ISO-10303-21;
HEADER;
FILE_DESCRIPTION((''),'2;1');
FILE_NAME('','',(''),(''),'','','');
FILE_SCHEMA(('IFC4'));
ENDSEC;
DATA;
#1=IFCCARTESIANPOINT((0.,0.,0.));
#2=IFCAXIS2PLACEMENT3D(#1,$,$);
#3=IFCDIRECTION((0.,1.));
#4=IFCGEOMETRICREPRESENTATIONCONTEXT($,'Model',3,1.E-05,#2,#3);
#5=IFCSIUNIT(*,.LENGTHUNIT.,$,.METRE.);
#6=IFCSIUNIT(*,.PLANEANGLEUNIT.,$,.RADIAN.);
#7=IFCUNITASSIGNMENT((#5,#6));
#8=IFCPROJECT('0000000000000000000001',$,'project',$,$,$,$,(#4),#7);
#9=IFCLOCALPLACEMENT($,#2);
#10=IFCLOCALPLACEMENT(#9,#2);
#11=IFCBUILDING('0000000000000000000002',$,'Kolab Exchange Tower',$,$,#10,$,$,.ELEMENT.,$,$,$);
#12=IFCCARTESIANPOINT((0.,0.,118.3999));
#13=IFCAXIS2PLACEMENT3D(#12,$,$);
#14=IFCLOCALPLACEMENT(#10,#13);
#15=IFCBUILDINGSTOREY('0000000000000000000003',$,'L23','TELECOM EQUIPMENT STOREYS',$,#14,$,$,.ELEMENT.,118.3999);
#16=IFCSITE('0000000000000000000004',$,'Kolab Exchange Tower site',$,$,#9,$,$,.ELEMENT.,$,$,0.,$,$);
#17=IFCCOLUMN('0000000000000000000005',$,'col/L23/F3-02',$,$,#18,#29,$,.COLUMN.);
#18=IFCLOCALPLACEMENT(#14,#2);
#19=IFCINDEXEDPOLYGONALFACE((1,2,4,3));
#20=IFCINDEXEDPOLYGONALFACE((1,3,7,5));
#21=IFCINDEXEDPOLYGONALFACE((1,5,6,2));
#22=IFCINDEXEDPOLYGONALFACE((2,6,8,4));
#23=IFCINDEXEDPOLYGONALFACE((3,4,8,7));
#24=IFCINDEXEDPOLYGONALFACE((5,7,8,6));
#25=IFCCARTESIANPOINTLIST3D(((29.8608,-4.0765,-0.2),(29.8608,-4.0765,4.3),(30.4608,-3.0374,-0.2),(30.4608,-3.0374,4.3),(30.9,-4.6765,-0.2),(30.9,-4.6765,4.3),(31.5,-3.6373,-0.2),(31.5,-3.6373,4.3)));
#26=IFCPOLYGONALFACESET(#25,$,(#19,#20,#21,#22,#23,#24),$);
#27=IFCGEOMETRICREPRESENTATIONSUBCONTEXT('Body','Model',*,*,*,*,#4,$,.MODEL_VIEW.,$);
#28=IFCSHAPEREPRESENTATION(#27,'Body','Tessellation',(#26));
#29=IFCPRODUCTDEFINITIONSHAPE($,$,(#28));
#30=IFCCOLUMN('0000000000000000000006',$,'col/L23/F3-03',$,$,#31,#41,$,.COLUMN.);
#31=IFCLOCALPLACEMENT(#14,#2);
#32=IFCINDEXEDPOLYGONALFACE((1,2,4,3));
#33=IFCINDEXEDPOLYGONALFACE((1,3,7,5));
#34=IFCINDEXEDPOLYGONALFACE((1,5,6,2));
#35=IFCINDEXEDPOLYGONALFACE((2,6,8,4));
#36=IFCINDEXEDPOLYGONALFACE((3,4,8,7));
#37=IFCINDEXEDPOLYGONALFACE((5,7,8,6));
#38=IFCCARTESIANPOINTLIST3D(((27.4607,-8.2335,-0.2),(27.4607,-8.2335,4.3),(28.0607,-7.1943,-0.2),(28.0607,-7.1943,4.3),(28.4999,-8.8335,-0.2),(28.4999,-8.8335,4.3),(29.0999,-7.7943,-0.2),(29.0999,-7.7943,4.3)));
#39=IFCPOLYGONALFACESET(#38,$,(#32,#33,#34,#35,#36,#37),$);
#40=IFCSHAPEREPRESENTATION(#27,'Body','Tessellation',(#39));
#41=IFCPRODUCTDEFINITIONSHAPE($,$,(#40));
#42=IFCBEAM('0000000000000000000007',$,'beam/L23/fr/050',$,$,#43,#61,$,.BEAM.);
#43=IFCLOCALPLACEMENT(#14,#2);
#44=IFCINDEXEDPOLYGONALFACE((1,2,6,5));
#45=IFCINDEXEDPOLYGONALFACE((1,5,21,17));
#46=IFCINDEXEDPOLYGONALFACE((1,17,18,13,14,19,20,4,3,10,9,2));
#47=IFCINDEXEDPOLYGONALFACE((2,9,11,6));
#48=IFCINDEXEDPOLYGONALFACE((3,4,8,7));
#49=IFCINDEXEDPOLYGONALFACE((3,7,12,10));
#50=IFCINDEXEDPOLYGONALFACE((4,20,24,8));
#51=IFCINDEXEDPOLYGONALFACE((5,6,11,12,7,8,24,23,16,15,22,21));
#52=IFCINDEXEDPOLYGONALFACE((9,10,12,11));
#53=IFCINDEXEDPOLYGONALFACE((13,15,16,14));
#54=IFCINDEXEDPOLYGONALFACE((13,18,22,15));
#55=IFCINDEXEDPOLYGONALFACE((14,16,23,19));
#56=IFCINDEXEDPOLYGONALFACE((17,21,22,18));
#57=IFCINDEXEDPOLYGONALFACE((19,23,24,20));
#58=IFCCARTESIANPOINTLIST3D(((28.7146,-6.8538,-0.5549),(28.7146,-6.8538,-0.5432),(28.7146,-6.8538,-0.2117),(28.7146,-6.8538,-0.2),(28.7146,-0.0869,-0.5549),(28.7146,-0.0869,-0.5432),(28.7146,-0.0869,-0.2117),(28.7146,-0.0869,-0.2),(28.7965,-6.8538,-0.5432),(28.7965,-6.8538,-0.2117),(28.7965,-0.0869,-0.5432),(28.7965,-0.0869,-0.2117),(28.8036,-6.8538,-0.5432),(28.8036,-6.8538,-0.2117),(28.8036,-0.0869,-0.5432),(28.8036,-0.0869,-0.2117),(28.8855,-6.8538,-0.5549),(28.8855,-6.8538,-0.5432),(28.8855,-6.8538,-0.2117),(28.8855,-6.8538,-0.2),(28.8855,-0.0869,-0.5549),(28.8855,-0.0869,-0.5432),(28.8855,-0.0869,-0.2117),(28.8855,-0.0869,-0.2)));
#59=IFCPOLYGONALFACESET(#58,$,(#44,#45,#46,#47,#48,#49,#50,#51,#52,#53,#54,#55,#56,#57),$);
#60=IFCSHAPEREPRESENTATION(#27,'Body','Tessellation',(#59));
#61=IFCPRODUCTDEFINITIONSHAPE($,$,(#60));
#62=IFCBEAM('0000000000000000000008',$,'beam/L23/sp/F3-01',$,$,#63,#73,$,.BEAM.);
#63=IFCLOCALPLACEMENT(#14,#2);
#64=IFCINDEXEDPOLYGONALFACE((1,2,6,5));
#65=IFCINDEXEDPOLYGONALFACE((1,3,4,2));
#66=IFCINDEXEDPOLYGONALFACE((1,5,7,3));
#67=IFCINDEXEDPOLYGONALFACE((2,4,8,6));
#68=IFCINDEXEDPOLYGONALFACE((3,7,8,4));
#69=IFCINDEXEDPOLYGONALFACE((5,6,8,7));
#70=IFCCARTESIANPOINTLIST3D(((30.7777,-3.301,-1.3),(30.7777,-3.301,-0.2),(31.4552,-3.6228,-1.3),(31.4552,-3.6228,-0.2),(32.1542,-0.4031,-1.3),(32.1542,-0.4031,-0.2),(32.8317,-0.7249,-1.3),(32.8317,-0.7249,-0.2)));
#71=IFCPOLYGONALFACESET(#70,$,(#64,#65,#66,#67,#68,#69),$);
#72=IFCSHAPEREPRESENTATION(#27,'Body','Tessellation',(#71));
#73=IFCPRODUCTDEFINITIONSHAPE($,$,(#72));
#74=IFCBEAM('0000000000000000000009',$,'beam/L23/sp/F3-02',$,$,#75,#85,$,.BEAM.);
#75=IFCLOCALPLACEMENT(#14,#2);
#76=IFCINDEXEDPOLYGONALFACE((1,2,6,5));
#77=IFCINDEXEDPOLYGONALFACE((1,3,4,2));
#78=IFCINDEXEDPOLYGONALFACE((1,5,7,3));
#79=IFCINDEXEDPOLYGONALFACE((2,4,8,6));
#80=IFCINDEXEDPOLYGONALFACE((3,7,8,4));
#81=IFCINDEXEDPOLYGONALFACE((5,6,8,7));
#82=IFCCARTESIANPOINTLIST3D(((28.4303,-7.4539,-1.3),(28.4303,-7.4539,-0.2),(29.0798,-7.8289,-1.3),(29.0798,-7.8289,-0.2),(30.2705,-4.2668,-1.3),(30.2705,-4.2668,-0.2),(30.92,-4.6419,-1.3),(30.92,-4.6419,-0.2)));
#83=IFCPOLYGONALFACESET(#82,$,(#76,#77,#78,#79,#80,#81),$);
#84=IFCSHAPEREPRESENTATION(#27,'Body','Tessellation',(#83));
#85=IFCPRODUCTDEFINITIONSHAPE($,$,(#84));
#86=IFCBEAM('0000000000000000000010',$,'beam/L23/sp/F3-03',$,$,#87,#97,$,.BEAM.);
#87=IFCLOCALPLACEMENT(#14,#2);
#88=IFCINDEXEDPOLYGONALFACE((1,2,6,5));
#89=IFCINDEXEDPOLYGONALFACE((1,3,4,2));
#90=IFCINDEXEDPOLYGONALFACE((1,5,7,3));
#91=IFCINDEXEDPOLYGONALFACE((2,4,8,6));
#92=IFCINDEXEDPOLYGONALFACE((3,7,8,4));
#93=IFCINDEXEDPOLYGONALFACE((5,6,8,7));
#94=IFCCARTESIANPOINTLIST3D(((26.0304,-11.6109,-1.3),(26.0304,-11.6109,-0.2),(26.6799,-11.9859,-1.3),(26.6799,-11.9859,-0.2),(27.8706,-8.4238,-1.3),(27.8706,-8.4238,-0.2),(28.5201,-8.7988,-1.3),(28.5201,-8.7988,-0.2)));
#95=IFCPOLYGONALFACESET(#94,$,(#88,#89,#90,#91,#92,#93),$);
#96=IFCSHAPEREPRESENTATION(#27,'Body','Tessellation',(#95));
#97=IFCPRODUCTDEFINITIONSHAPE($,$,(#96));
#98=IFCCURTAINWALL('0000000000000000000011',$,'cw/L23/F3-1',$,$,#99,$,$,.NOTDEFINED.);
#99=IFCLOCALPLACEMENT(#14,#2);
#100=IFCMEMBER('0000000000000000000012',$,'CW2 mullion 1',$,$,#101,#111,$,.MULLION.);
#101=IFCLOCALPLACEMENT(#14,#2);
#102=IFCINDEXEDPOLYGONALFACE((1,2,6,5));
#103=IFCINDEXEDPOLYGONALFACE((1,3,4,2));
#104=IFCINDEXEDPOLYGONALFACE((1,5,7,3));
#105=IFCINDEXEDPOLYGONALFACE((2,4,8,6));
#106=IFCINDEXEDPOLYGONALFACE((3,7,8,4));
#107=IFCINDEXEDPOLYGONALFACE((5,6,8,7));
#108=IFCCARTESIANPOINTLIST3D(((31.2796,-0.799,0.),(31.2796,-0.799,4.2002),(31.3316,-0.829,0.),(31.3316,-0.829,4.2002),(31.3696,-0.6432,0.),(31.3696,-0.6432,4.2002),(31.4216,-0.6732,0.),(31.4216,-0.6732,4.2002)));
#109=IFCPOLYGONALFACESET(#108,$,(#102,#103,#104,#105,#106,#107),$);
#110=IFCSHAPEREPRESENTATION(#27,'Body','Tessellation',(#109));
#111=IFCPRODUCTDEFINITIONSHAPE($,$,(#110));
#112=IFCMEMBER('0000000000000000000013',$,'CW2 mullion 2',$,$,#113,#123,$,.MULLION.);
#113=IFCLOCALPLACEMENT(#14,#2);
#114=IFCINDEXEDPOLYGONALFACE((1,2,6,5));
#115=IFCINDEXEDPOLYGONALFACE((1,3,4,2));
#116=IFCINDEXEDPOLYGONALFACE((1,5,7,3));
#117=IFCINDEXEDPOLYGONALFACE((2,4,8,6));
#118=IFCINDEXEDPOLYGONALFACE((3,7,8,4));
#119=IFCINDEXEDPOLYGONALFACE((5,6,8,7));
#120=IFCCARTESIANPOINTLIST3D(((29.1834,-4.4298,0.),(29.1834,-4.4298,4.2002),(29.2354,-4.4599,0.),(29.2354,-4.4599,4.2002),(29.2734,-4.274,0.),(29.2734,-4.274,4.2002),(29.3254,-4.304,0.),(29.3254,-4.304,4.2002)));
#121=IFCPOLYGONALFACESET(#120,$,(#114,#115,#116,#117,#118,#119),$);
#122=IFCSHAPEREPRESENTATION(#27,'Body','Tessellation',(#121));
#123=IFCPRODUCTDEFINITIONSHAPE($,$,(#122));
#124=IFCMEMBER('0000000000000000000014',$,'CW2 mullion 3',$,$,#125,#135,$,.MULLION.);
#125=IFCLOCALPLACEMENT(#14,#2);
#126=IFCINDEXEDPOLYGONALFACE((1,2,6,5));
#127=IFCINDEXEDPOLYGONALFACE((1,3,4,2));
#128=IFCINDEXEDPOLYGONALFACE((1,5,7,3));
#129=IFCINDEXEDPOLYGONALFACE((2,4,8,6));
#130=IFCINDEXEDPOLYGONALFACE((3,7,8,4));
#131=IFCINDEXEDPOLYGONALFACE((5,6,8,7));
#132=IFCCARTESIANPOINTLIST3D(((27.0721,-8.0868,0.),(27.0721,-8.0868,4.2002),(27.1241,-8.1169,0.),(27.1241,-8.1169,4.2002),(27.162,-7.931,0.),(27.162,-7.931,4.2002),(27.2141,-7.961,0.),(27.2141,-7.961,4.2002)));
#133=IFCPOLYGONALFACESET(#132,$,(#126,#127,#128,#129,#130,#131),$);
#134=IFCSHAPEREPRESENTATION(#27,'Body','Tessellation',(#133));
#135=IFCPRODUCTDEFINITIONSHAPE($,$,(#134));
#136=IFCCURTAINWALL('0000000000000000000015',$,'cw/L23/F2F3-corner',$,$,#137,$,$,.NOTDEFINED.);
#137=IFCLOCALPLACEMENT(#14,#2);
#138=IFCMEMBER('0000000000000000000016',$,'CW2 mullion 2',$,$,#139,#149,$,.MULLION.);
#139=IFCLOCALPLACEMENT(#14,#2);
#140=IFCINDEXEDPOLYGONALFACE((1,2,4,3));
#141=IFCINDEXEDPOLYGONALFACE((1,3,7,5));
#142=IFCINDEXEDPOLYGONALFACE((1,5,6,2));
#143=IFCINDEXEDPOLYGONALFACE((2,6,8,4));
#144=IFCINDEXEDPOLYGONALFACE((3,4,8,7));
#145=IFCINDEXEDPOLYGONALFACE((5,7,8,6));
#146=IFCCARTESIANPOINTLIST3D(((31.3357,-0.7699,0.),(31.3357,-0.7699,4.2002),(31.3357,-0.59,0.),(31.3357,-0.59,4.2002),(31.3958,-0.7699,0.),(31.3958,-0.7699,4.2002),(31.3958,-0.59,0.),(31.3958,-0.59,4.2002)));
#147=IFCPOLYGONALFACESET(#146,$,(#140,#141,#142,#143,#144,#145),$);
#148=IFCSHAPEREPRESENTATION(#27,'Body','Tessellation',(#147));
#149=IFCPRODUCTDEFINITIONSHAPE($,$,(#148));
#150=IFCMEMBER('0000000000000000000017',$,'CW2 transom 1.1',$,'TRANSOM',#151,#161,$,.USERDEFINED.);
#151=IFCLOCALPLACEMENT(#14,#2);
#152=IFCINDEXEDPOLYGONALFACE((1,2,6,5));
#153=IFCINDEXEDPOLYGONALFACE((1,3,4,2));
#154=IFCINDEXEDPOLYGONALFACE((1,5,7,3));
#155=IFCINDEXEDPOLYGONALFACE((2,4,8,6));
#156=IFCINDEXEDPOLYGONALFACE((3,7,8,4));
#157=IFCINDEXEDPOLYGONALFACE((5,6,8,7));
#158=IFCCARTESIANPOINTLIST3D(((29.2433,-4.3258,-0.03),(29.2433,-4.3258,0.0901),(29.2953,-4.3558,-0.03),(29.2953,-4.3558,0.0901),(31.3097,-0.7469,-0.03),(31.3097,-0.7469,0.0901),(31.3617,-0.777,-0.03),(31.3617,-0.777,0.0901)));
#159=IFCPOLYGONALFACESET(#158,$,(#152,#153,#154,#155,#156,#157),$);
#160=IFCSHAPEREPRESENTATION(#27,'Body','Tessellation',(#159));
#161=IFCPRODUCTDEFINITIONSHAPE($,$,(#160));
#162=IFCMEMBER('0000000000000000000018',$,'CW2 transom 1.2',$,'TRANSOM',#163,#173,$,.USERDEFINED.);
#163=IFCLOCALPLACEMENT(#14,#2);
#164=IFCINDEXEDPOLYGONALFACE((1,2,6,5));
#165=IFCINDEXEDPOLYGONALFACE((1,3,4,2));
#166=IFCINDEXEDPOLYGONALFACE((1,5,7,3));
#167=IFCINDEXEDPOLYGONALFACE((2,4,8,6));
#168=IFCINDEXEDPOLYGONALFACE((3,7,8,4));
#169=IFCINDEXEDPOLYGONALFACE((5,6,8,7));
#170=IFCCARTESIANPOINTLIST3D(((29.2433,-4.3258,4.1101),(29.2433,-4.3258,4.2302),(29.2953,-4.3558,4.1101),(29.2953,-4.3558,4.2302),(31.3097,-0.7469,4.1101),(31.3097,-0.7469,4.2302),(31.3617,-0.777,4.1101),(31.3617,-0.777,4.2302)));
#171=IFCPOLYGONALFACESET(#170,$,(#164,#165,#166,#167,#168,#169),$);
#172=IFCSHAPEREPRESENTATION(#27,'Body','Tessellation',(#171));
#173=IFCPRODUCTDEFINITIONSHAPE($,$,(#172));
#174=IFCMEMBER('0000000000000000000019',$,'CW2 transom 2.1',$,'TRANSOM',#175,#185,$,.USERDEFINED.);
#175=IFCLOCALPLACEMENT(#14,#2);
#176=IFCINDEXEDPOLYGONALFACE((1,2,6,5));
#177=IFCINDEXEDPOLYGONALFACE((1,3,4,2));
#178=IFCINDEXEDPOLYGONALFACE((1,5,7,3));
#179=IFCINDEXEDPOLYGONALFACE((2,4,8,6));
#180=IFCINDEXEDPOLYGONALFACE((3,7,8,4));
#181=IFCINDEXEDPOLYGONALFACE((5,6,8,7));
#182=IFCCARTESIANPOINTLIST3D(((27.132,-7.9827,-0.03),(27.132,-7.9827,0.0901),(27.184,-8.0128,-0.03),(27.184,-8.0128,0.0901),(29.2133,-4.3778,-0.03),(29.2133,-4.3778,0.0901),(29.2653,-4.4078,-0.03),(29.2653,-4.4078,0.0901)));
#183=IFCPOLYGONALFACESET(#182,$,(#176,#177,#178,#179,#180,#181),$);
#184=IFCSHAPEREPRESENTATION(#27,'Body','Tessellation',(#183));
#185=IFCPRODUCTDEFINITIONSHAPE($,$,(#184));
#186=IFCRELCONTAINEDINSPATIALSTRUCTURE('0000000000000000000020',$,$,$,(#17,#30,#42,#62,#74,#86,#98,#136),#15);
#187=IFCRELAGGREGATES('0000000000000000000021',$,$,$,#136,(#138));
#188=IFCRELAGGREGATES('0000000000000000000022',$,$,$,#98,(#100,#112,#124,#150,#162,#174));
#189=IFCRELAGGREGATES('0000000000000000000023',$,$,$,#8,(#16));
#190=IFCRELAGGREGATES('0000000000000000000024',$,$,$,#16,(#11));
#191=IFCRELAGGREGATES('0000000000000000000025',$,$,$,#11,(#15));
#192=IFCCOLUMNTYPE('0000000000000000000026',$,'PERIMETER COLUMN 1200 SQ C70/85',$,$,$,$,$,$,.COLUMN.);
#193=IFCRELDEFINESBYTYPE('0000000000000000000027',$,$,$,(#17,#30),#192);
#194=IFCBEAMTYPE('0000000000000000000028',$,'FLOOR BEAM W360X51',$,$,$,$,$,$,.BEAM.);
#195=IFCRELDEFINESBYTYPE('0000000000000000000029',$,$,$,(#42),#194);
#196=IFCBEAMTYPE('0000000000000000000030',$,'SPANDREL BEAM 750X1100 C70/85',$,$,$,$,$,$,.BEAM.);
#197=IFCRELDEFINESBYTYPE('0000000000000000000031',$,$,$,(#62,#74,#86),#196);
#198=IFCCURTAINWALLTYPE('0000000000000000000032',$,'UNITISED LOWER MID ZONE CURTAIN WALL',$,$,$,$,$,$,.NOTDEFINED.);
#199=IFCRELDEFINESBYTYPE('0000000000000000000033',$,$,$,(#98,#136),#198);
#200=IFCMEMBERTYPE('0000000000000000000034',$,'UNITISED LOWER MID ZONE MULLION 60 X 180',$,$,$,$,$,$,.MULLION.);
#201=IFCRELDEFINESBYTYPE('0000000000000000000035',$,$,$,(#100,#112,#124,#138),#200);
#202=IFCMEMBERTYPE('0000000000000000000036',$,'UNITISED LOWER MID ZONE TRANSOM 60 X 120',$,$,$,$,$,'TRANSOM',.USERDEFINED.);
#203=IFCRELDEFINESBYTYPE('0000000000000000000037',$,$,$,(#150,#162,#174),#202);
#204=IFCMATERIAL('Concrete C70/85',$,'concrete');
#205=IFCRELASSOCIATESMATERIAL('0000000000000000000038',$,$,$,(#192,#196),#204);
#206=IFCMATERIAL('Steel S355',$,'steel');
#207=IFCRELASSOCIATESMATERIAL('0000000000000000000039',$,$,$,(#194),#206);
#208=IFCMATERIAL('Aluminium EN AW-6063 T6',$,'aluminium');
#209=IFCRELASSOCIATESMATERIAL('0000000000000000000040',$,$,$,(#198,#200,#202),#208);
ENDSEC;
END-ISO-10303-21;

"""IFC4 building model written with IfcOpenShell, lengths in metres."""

from ifc_helpers import new_model, si_unit, direction, frame, origin, origin_2d, place, context, subcontext, project, spatial, rectangle, i_section, extrude, material, material_profile, profile_set, type_object, element, aggregate, save


model = new_model("IFC4")

# Units and contexts
model_context = context("Model", 3, precision=1e-05, world=origin(), true_north=direction((0.0, 1.0)))
body_context = subcontext(model_context, "Body", "Model", "MODEL_VIEW")
ifc_project = project(units=[si_unit("LENGTHUNIT", "METRE"), si_unit("PLANEANGLEUNIT", "RADIAN")], contexts=[model_context])

# Site, building, storey
site_placement = place(None, origin())
site = spatial("IfcSite", under=ifc_project, at=site_placement, Name="Kolab Exchange Tower site", CompositionType="ELEMENT", RefElevation=0.0)
building_placement = place(site_placement, origin())
building = spatial("IfcBuilding", under=site, at=building_placement, Name="Kolab Exchange Tower", CompositionType="ELEMENT")
storey_placement = place(building_placement, frame((0.0, 0.0, 118.3999)))
storey = spatial("IfcBuildingStorey", under=building, at=storey_placement, Name="L23", Description="TELECOM EQUIPMENT STOREYS", CompositionType="ELEMENT", Elevation=118.3999)

# Columns
ifc_material_1 = material(Name="Concrete C70/85", Category="concrete")
ifc_material_profile_1 = material_profile(ifc_material_1, rectangle(XDim=1.2, YDim=1.2, at=origin_2d()), Name="RC1200")
ifc_profile_set_1 = profile_set([ifc_material_profile_1], Name="Concrete C70/85")
column_type = type_object("IfcColumnType", Name="PERIMETER COLUMN 1200 SQ C70/85", PredefinedType="COLUMN", material=ifc_profile_set_1)
for number, where, z_axis, x_axis, name in (
    (1, (30.6804, -3.8569, -0.2), (0.0, 0.0, 1.0), (0.5, 0.866025, 0.0), "col/L23/F3-02"),
    (2, (28.2803, -8.0139, -0.2), (0.0, 0.0, 1.0), (0.5, 0.866025, 0.0), "col/L23/F3-03"),
):
    element("IfcColumn", number, at=place(storey_placement, frame(where, z_axis=z_axis, x_axis=x_axis)), inside=storey, type_object=column_type, Name=name, PredefinedType="COLUMN", context=body_context, shape_type="SweptSolid", body=[
        extrude(rectangle(XDim=1.2, YDim=1.2, at=origin_2d()), origin(), (0.0, 0.0, 1.0), 4.5),
    ])

# Beams
ifc_material_2 = material(Name="Steel S355", Category="steel")
ifc_material_profile_2 = material_profile(ifc_material_2, i_section(OverallWidth=0.1709, OverallDepth=0.355, WebThickness=0.0071, FlangeThickness=0.0117, at=origin_2d()), Name="W360X51")
ifc_profile_set_2 = profile_set([ifc_material_profile_2], Name="Steel S355")
beam_type_1 = type_object("IfcBeamType", Name="FLOOR BEAM W360X51", PredefinedType="BEAM", material=ifc_profile_set_2)
beam_1_placement = place(storey_placement, frame((28.8, -6.8538, -0.3774), z_axis=(0.0, 1.0, 0.0), x_axis=(-1.0, 0.0, 0.0)))
element("IfcBeam", 3, at=beam_1_placement, inside=storey, type_object=beam_type_1, Name="beam/L23/fr/050", PredefinedType="BEAM", context=body_context, shape_type="SweptSolid", body=[
    extrude(i_section(OverallWidth=0.1709, OverallDepth=0.355, WebThickness=0.0071, FlangeThickness=0.0117, at=origin_2d()), origin(), (0.0, 0.0, 1.0), 6.7668),
])
ifc_material_profile_3 = material_profile(ifc_material_1, rectangle(XDim=0.75, YDim=1.1001, at=origin_2d()), Name="RC750X1100")
ifc_profile_set_3 = profile_set([ifc_material_profile_3], Name="Concrete C70/85")
beam_type_2 = type_object("IfcBeamType", Name="SPANDREL BEAM 750X1100 C70/85", PredefinedType="BEAM", material=ifc_profile_set_3)
beam_2_placement = place(storey_placement, frame((32.4929, -0.564, -0.75), z_axis=(-0.429041, -0.903285, 0.0), x_axis=(0.903285, -0.429041, 0.0)))
element("IfcBeam", 4, at=beam_2_placement, inside=storey, type_object=beam_type_2, Name="beam/L23/sp/F3-01", PredefinedType="BEAM", context=body_context, shape_type="SweptSolid", body=[
    extrude(rectangle(XDim=0.75, YDim=1.1001, at=origin_2d()), origin(), (0.0, 0.0, 1.0), 3.2083),
])
for number, where, z_axis, x_axis, name in (
    (5, (30.5952, -4.4543, -0.75), (-0.500013, -0.866018, 0.0), (0.866018, -0.500013, 0.0), "beam/L23/sp/F3-02"),
    (6, (28.1953, -8.6113, -0.75), (-0.500013, -0.866018, 0.0), (0.866018, -0.500013, 0.0), "beam/L23/sp/F3-03"),
):
    element("IfcBeam", number, at=place(storey_placement, frame(where, z_axis=z_axis, x_axis=x_axis)), inside=storey, type_object=beam_type_2, Name=name, PredefinedType="BEAM", context=body_context, shape_type="SweptSolid", body=[
        extrude(rectangle(XDim=0.75, YDim=1.1001, at=origin_2d()), origin(), (0.0, 0.0, 1.0), 3.6802),
    ])

# Curtain wall, members
ifc_material_3 = material(Name="Aluminium EN AW-6063 T6", Category="aluminium")
curtain_wall_type = type_object("IfcCurtainWallType", Name="UNITISED LOWER MID ZONE CURTAIN WALL", PredefinedType="NOTDEFINED", material=ifc_material_3)
curtain_wall_1_placement = place(storey_placement, origin())
curtain_wall_1 = element("IfcCurtainWall", 7, at=curtain_wall_1_placement, inside=storey, type_object=curtain_wall_type, Name="cw/L23/F3-1", PredefinedType="NOTDEFINED")
ifc_material_profile_4 = material_profile(ifc_material_3, rectangle(XDim=0.0601, YDim=0.1799, at=origin_2d()), Name="RECT 60X180")
ifc_profile_set_4 = profile_set([ifc_material_profile_4], Name="Aluminium EN AW-6063 T6")
member_type_1 = type_object("IfcMemberType", Name="UNITISED LOWER MID ZONE MULLION 60 X 180", PredefinedType="MULLION", material=ifc_profile_set_4)
member_1_placement = place(storey_placement, frame((31.3506, -0.7361, 0.0), z_axis=(0.0, 0.0, 1.0), x_axis=(0.866025, -0.5, 0.0)))
member_1 = element("IfcMember", 8, at=member_1_placement, type_object=member_type_1, Name="CW2 mullion 1", PredefinedType="MULLION", context=body_context, shape_type="SweptSolid", body=[
    extrude(rectangle(XDim=0.0601, YDim=0.1799, at=origin_2d()), origin(), (0.0, 0.0, 1.0), 4.2002),
])
member_2_placement = place(storey_placement, frame((29.2544, -4.3669, 0.0), z_axis=(0.0, 0.0, 1.0), x_axis=(0.866025, -0.5, 0.0)))
member_2 = element("IfcMember", 9, at=member_2_placement, type_object=member_type_1, Name="CW2 mullion 2", PredefinedType="MULLION", context=body_context, shape_type="SweptSolid", body=[
    extrude(rectangle(XDim=0.0601, YDim=0.1799, at=origin_2d()), origin(), (0.0, 0.0, 1.0), 4.2002),
])
member_3_placement = place(storey_placement, frame((27.1431, -8.0239, 0.0), z_axis=(0.0, 0.0, 1.0), x_axis=(0.866025, -0.5, 0.0)))
member_3 = element("IfcMember", 10, at=member_3_placement, type_object=member_type_1, Name="CW2 mullion 3", PredefinedType="MULLION", context=body_context, shape_type="SweptSolid", body=[
    extrude(rectangle(XDim=0.0601, YDim=0.1799, at=origin_2d()), origin(), (0.0, 0.0, 1.0), 4.2002),
])

# Curtain wall, member
curtain_wall_2_placement = place(storey_placement, origin())
curtain_wall_2 = element("IfcCurtainWall", 11, at=curtain_wall_2_placement, inside=storey, type_object=curtain_wall_type, Name="cw/L23/F2F3-corner", PredefinedType="NOTDEFINED")
member_4_placement = place(storey_placement, frame((31.3657, -0.6799, 0.0), z_axis=(0.0, 0.0, 1.0), x_axis=(1.0, 0.0, 0.0)))
member_4 = element("IfcMember", 12, at=member_4_placement, type_object=member_type_1, Name="CW2 mullion 2", PredefinedType="MULLION", context=body_context, shape_type="SweptSolid", body=[
    extrude(rectangle(XDim=0.0601, YDim=0.1799, at=origin_2d()), origin(), (0.0, 0.0, 1.0), 4.2002),
])
aggregate(curtain_wall_2, [member_4])

# Members
ifc_material_profile_5 = material_profile(ifc_material_3, rectangle(XDim=0.0601, YDim=0.1201, at=origin_2d()), Name="RECT 60X120")
ifc_profile_set_5 = profile_set([ifc_material_profile_5], Name="Aluminium EN AW-6063 T6")
member_type_2 = type_object("IfcMemberType", Name="UNITISED LOWER MID ZONE TRANSOM 60 X 120", ElementType="TRANSOM", PredefinedType="USERDEFINED", material=ifc_profile_set_5)
member_5_placement = place(storey_placement, frame((31.3357, -0.762, 0.03), z_axis=(-0.500028, -0.866009, 0.0), x_axis=(0.866009, -0.500028, 0.0)))
member_5 = element("IfcMember", 13, at=member_5_placement, type_object=member_type_2, Name="CW2 transom 1.1", ObjectType="TRANSOM", PredefinedType="USERDEFINED", context=body_context, shape_type="SweptSolid", body=[
    extrude(rectangle(XDim=0.0601, YDim=0.1201, at=origin_2d()), origin(), (0.0, 0.0, 1.0), 4.1326),
])
member_6_placement = place(storey_placement, frame((31.3357, -0.762, 4.1702), z_axis=(-0.500028, -0.866009, 0.0), x_axis=(0.866009, -0.500028, 0.0)))
member_6 = element("IfcMember", 14, at=member_6_placement, type_object=member_type_2, Name="CW2 transom 1.2", ObjectType="TRANSOM", PredefinedType="USERDEFINED", context=body_context, shape_type="SweptSolid", body=[
    extrude(rectangle(XDim=0.0601, YDim=0.1201, at=origin_2d()), origin(), (0.0, 0.0, 1.0), 4.1326),
])
member_7_placement = place(storey_placement, frame((29.2393, -4.3928, 0.03), z_axis=(-0.499993, -0.866029, 0.0), x_axis=(0.866029, -0.499993, 0.0)))
member_7 = element("IfcMember", 15, at=member_7_placement, type_object=member_type_2, Name="CW2 transom 2.1", ObjectType="TRANSOM", PredefinedType="USERDEFINED", context=body_context, shape_type="SweptSolid", body=[
    extrude(rectangle(XDim=0.0601, YDim=0.1201, at=origin_2d()), origin(), (0.0, 0.0, 1.0), 4.1626),
])

aggregate(curtain_wall_1, [member_1, member_2, member_3, member_5, member_6, member_7])

save(model, "model.ifc")
